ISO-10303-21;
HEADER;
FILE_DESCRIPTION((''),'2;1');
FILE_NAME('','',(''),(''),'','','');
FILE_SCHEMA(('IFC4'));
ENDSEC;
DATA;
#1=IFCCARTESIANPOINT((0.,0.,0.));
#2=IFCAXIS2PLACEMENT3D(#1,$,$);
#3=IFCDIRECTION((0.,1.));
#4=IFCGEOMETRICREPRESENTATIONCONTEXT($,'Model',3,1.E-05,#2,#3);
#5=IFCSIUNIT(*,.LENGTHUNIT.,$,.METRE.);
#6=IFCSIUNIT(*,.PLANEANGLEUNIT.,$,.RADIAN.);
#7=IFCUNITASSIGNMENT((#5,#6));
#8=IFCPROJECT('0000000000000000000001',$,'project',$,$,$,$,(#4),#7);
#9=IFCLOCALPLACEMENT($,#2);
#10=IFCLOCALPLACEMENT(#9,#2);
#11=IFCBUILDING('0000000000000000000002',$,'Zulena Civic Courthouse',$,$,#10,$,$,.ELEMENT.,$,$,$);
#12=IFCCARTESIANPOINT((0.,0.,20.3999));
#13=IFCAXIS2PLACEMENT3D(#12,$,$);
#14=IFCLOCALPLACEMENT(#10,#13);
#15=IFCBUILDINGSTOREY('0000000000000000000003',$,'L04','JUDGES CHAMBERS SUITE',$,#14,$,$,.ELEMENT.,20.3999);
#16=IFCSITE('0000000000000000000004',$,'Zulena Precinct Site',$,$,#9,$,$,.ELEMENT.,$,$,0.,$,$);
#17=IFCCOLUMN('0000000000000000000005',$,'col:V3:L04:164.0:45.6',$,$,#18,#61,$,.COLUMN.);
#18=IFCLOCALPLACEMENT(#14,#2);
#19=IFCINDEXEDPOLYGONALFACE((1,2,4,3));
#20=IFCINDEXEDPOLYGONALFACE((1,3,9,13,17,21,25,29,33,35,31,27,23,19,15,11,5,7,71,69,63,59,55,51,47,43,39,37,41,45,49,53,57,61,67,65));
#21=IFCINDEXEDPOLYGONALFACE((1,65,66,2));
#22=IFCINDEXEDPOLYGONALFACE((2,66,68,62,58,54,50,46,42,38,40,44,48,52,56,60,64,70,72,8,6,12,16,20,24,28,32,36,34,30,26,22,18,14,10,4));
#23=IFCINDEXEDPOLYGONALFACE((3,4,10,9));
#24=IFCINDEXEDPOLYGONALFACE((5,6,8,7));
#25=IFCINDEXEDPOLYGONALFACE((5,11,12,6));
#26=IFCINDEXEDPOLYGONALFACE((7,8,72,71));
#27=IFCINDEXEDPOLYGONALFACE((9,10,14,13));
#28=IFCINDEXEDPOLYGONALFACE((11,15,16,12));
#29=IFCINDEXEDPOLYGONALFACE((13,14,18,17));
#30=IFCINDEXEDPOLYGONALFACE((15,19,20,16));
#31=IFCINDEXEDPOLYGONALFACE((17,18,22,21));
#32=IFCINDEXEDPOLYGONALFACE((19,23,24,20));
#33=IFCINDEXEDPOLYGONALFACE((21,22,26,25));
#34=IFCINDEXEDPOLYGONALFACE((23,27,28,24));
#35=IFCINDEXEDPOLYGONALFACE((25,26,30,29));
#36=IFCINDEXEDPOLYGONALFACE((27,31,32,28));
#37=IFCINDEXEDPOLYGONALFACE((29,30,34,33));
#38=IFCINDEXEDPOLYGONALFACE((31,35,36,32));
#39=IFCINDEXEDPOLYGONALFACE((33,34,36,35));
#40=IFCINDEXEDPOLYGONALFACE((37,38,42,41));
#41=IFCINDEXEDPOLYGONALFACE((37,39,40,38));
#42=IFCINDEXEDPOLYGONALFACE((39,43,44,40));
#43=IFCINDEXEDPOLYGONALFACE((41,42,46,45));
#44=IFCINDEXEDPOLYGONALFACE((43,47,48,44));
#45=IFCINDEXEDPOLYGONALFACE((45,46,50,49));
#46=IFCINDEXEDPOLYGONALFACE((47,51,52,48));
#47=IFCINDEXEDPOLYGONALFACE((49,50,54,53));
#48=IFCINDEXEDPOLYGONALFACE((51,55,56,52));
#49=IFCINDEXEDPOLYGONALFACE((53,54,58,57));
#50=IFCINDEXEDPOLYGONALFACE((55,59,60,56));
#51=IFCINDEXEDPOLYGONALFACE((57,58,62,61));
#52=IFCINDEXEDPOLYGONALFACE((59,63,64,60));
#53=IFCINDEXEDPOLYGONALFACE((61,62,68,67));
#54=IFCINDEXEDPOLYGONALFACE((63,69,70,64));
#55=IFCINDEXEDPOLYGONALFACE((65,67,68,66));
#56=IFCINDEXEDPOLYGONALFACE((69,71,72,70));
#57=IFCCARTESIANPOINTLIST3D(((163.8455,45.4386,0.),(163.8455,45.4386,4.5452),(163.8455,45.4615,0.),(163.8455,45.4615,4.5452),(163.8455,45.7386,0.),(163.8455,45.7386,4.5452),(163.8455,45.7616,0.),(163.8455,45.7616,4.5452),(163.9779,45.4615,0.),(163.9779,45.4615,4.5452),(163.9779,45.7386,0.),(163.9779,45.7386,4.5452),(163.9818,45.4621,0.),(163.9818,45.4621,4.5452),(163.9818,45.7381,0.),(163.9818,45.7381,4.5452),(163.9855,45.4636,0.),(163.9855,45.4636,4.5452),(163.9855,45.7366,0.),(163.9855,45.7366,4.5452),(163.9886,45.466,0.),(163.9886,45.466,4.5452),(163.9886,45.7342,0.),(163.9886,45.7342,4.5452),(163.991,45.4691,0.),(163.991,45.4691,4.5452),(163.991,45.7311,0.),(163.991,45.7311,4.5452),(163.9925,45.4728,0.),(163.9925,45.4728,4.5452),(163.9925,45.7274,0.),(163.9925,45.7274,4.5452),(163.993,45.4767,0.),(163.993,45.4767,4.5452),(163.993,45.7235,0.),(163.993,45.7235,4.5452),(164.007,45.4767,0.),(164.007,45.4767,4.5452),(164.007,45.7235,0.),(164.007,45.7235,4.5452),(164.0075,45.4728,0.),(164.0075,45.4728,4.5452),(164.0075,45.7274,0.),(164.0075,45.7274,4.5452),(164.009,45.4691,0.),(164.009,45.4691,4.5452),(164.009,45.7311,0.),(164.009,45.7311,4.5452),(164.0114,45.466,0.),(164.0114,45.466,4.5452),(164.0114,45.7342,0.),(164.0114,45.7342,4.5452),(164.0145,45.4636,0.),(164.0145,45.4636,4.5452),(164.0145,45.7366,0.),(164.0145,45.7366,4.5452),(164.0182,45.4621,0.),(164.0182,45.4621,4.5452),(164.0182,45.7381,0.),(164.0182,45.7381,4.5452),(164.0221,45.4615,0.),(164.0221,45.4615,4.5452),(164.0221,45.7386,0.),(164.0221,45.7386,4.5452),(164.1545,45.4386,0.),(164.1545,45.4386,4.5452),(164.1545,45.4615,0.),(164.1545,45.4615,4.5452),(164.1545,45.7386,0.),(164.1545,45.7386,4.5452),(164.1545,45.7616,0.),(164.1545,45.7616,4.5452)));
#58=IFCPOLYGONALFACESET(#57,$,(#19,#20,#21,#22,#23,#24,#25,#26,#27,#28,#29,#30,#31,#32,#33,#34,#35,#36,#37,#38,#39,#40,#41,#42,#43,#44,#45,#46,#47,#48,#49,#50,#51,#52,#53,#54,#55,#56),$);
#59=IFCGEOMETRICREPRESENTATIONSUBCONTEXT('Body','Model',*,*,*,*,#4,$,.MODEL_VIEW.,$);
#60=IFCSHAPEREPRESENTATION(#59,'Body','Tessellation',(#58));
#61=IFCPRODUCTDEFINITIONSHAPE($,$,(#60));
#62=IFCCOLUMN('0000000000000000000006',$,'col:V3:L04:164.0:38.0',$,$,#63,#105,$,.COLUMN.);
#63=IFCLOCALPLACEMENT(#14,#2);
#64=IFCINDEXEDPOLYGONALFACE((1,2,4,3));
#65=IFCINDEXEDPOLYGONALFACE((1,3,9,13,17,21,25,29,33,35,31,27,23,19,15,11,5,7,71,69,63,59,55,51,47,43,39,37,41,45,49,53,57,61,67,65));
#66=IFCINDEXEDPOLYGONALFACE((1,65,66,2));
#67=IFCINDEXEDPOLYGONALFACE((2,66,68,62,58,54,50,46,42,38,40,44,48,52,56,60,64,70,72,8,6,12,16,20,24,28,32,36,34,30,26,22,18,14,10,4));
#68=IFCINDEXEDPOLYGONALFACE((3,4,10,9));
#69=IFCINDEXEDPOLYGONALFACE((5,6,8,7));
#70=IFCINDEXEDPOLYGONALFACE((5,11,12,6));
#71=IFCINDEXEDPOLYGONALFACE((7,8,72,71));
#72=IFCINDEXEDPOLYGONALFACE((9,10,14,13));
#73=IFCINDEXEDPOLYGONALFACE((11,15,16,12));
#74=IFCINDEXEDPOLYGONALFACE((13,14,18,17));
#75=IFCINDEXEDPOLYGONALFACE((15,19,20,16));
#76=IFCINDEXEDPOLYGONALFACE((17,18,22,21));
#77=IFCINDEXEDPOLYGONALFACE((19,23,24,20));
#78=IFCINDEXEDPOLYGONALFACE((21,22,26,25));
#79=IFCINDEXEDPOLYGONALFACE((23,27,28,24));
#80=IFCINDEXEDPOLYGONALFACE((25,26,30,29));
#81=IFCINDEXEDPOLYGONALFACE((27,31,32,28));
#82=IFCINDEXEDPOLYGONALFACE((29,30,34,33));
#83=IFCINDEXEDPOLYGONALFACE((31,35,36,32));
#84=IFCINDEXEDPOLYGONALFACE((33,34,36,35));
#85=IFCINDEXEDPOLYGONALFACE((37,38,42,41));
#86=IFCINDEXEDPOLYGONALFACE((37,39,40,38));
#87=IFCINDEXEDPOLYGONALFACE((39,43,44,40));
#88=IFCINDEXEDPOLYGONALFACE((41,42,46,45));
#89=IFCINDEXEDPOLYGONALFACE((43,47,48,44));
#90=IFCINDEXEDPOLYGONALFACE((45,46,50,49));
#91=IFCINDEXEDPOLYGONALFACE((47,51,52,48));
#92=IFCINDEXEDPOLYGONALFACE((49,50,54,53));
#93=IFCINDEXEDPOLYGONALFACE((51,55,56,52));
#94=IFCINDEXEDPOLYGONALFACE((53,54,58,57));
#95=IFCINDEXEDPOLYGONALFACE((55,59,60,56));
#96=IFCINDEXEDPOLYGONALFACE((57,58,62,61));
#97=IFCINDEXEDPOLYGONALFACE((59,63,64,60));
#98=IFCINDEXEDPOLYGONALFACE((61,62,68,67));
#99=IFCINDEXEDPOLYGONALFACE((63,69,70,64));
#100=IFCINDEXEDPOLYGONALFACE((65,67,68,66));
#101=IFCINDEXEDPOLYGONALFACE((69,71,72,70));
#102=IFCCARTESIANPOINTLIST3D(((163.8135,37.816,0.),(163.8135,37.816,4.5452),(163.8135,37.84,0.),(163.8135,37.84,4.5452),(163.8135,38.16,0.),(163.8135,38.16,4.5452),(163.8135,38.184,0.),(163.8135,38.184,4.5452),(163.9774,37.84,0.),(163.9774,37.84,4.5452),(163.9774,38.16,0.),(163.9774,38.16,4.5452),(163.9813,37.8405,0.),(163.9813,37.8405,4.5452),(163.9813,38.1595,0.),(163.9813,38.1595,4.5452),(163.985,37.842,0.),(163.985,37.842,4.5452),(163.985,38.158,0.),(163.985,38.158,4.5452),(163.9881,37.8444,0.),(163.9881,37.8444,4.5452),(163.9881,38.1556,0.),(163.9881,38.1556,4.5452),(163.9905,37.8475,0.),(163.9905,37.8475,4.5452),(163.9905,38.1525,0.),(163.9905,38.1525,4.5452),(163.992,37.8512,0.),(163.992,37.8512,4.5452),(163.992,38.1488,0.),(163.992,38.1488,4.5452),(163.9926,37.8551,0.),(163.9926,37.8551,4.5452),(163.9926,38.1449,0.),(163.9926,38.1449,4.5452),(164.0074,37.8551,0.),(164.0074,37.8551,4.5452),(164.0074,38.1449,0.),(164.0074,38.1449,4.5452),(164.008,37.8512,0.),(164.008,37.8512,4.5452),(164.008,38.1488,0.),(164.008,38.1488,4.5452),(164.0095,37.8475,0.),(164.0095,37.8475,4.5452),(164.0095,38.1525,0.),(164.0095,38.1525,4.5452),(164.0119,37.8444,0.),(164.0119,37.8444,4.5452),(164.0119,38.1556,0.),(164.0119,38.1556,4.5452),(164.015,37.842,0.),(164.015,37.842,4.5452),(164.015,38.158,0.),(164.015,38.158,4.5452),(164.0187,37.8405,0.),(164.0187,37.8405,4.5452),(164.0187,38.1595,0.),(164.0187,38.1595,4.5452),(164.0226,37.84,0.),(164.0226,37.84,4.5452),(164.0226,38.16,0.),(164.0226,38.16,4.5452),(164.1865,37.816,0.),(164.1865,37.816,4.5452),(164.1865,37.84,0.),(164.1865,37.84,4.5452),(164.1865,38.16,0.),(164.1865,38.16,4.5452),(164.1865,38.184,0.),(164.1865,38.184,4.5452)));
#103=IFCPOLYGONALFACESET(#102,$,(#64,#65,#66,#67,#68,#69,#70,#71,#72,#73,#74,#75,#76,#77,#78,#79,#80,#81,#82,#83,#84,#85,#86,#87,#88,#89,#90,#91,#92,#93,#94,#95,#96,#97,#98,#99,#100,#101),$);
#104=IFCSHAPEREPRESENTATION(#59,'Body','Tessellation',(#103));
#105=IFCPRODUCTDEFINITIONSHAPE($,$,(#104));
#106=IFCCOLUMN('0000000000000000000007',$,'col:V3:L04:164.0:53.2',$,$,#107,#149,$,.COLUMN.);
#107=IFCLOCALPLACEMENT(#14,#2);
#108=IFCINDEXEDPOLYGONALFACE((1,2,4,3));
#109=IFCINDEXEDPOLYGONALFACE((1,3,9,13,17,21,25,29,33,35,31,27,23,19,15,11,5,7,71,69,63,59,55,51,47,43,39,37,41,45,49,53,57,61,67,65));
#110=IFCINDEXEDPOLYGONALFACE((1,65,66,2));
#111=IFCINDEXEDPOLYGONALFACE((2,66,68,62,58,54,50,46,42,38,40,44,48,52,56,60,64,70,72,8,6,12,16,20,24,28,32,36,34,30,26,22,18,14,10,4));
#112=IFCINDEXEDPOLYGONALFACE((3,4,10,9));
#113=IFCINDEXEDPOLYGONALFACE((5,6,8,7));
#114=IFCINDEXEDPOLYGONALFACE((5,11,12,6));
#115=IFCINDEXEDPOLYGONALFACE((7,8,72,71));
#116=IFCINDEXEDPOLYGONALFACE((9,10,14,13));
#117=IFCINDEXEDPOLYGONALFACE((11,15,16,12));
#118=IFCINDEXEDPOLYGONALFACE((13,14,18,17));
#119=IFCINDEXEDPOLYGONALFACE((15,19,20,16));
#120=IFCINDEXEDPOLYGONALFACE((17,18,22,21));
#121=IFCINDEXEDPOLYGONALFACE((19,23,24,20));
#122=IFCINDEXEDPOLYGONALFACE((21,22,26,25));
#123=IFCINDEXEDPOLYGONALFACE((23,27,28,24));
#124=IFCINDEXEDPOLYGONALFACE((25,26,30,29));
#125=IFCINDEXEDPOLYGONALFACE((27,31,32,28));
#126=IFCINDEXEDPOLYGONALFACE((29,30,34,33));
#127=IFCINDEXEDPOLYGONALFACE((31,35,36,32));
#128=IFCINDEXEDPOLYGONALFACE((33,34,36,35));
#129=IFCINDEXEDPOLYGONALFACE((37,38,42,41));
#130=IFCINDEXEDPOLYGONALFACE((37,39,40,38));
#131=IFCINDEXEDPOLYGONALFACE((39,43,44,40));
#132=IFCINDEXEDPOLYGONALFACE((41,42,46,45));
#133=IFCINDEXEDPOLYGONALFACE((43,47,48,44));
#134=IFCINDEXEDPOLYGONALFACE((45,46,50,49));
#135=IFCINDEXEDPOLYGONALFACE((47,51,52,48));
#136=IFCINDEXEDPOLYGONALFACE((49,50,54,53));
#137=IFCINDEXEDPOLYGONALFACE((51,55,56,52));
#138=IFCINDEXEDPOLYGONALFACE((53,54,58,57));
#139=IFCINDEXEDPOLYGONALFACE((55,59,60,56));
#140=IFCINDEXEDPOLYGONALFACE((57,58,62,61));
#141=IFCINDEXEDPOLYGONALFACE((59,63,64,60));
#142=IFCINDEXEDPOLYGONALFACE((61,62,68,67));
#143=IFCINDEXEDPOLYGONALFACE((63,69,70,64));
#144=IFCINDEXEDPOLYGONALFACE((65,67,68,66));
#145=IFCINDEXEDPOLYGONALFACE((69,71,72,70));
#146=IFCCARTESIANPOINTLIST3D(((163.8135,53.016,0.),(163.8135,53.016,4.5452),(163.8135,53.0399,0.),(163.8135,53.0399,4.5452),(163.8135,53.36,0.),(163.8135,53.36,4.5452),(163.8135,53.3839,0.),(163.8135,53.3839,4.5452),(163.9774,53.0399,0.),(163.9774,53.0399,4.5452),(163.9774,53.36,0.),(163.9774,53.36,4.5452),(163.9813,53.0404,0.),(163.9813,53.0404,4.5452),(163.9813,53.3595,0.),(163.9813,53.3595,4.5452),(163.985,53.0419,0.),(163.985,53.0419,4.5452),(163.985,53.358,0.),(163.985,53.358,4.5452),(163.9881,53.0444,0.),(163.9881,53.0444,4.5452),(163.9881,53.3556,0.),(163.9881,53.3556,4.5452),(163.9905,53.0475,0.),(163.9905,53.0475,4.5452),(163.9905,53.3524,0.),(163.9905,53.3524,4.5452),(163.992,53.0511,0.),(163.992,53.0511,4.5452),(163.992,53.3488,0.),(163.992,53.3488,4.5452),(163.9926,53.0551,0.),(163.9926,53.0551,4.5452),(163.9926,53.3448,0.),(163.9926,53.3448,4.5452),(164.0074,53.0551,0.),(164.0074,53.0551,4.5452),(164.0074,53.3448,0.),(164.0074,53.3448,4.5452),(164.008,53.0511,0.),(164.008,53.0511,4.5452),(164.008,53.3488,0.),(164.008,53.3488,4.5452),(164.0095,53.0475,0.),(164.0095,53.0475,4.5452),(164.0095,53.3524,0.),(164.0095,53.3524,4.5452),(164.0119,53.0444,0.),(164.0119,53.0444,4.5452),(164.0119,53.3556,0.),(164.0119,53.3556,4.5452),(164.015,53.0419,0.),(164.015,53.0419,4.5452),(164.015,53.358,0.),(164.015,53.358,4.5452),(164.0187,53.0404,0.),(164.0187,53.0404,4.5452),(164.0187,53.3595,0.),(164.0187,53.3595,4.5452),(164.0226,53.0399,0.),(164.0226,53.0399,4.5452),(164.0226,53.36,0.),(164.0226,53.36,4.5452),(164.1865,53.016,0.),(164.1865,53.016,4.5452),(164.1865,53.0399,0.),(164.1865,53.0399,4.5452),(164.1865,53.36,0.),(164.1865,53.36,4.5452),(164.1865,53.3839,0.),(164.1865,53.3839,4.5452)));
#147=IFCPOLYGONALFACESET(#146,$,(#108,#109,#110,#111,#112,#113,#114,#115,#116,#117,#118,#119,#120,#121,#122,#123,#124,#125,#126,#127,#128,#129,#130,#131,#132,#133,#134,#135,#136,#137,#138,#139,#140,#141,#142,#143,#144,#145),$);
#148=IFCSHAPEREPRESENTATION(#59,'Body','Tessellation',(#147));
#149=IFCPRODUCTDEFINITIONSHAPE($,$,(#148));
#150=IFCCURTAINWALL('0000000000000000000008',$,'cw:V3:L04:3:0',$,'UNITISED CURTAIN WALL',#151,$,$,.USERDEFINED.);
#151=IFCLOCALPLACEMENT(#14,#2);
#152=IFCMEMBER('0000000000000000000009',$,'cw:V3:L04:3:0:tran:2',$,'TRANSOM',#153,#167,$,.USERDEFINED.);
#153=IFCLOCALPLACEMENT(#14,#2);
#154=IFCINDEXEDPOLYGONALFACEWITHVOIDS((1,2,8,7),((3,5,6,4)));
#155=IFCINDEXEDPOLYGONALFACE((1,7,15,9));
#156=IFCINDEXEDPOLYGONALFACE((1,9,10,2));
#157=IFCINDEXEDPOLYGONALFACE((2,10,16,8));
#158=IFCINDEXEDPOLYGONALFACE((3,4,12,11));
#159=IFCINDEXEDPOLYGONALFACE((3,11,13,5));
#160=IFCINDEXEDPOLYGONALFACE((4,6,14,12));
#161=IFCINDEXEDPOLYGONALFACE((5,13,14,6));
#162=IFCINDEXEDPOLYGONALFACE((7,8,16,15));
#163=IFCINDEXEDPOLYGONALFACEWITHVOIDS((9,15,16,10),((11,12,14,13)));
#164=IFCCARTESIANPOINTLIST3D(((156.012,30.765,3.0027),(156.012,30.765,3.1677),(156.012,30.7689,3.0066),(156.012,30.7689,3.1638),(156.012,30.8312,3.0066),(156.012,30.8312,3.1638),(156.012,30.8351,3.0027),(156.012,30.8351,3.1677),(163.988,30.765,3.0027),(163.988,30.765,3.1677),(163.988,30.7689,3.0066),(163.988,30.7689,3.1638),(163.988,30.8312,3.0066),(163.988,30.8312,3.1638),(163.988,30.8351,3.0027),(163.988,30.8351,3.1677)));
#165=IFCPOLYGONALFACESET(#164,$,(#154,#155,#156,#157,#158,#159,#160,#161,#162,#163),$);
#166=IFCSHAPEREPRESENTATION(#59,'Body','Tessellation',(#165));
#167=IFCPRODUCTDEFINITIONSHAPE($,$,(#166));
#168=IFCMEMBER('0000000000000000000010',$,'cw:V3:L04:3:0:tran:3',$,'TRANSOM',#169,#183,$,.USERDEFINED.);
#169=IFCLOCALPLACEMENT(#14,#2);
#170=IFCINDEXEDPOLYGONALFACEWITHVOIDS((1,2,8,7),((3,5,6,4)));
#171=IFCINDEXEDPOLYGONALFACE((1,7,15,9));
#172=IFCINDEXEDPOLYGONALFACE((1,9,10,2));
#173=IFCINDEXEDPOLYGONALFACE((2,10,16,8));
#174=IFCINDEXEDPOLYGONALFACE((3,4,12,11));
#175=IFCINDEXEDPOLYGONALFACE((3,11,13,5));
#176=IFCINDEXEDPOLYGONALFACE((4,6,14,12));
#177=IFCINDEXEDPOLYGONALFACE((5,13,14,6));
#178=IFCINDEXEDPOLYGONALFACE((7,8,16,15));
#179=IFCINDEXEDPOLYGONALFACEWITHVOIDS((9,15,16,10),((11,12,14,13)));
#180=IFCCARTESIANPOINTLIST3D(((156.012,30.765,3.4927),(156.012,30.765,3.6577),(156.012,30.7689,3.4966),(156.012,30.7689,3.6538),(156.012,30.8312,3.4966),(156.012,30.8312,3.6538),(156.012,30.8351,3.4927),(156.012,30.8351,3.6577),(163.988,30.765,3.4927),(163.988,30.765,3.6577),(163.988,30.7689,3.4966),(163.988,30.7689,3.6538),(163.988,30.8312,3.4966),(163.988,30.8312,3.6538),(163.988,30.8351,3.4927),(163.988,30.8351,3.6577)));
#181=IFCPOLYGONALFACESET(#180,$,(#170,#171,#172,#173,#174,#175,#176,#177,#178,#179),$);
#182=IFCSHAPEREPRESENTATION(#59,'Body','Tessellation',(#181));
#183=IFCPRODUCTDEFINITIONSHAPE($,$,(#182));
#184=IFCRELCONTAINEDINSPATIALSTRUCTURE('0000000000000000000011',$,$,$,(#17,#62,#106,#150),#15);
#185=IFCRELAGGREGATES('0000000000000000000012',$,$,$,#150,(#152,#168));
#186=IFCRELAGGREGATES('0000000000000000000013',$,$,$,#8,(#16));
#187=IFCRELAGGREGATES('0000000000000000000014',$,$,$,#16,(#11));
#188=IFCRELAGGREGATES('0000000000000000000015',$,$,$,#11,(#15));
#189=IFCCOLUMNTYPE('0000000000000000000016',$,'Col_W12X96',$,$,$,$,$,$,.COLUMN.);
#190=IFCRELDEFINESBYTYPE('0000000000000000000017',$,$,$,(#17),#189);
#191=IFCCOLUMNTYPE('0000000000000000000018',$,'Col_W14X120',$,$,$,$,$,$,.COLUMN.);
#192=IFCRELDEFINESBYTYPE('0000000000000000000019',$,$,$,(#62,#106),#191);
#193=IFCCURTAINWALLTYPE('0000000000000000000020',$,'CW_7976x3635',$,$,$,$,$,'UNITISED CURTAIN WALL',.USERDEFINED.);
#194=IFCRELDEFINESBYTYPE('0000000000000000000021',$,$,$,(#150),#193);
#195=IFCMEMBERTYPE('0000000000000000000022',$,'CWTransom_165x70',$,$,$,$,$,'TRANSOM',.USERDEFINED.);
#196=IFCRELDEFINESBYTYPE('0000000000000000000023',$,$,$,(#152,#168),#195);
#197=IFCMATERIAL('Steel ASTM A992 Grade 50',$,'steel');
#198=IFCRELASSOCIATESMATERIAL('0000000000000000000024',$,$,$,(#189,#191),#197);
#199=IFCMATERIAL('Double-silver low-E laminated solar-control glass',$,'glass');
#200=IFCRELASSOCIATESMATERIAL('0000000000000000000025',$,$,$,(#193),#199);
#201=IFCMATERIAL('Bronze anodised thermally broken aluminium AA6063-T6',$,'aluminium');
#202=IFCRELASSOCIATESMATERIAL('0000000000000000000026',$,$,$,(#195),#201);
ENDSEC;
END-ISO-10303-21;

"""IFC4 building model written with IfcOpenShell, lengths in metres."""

from ifc_helpers import new_model, si_unit, direction, frame, origin, origin_2d, place, context, subcontext, project, spatial, hollow_rectangle, i_section, extrude, material, material_profile, profile_set, type_object, element, aggregate, save


model = new_model("IFC4")

# Units and contexts
model_context = context("Model", 3, precision=1e-05, world=origin(), true_north=direction((0.0, 1.0)))
body_context = subcontext(model_context, "Body", "Model", "MODEL_VIEW")
ifc_project = project(units=[si_unit("LENGTHUNIT", "METRE"), si_unit("PLANEANGLEUNIT", "RADIAN")], contexts=[model_context])

# Site, building, storey
site_placement = place(None, origin())
site = spatial("IfcSite", under=ifc_project, at=site_placement, Name="Zulena Precinct Site", CompositionType="ELEMENT", RefElevation=0.0)
building_placement = place(site_placement, origin())
building = spatial("IfcBuilding", under=site, at=building_placement, Name="Zulena Civic Courthouse", CompositionType="ELEMENT")
storey_placement = place(building_placement, frame((0.0, 0.0, 20.3999)))
storey = spatial("IfcBuildingStorey", under=building, at=storey_placement, Name="L04", Description="JUDGES CHAMBERS SUITE", CompositionType="ELEMENT", Elevation=20.3999)

# Columns
ifc_material_1 = material(Name="Steel ASTM A992 Grade 50", Category="steel")
ifc_material_profile_1 = material_profile(ifc_material_1, i_section(OverallWidth=0.3091, OverallDepth=0.323, WebThickness=0.0139, FlangeThickness=0.0229, FilletRadius=0.0151, at=origin_2d()), Name="W12X96")
ifc_profile_set_1 = profile_set([ifc_material_profile_1], Name="Steel ASTM A992 Grade 50")
column_type_1 = type_object("IfcColumnType", Name="Col_W12X96", PredefinedType="COLUMN", material=ifc_profile_set_1)
for number, where, z_axis, x_axis, name in (
    (1, (164.0, 45.6001, 0.0), (0.0, 0.0, 1.0), (1.0, 0.0, 0.0), "col:V3:L04:164.0:45.6"),
):
    element("IfcColumn", number, at=place(storey_placement, frame(where, z_axis=z_axis, x_axis=x_axis)), inside=storey, type_object=column_type_1, Name=name, PredefinedType="COLUMN", context=body_context, shape_type="SweptSolid", body=[
        extrude(i_section(OverallWidth=0.3091, OverallDepth=0.323, WebThickness=0.0139, FlangeThickness=0.0229, FilletRadius=0.0151, at=origin_2d()), origin(), (0.0, 0.0, 1.0), 4.5452),
    ])
ifc_material_profile_2 = material_profile(ifc_material_1, i_section(OverallWidth=0.373, OverallDepth=0.3679, WebThickness=0.0149, FlangeThickness=0.0239, FilletRadius=0.0151, at=origin_2d()), Name="W14X120")
ifc_profile_set_2 = profile_set([ifc_material_profile_2], Name="Steel ASTM A992 Grade 50")
column_type_2 = type_object("IfcColumnType", Name="Col_W14X120", PredefinedType="COLUMN", material=ifc_profile_set_2)
for number, where, z_axis, x_axis, name in (
    (2, (164.0, 38.0, 0.0), (0.0, 0.0, 1.0), (1.0, 0.0, 0.0), "col:V3:L04:164.0:38.0"),
    (3, (164.0, 53.2, 0.0), (0.0, 0.0, 1.0), (1.0, 0.0, 0.0), "col:V3:L04:164.0:53.2"),
):
    element("IfcColumn", number, at=place(storey_placement, frame(where, z_axis=z_axis, x_axis=x_axis)), inside=storey, type_object=column_type_2, Name=name, PredefinedType="COLUMN", context=body_context, shape_type="SweptSolid", body=[
        extrude(i_section(OverallWidth=0.373, OverallDepth=0.3679, WebThickness=0.0149, FlangeThickness=0.0239, FilletRadius=0.0151, at=origin_2d()), origin(), (0.0, 0.0, 1.0), 4.5452),
    ])

# Curtain wall, members
ifc_material_2 = material(Name="Double-silver low-E laminated solar-control glass", Category="glass")
curtain_wall_type = type_object("IfcCurtainWallType", Name="CW_7976x3635", ElementType="UNITISED CURTAIN WALL", PredefinedType="USERDEFINED", material=ifc_material_2)
curtain_wall_placement = place(storey_placement, origin())
curtain_wall = element("IfcCurtainWall", 4, at=curtain_wall_placement, inside=storey, type_object=curtain_wall_type, Name="cw:V3:L04:3:0", ObjectType="UNITISED CURTAIN WALL", PredefinedType="USERDEFINED")
ifc_material_3 = material(Name="Bronze anodised thermally broken aluminium AA6063-T6", Category="aluminium")
ifc_material_profile_3 = material_profile(ifc_material_3, hollow_rectangle(XDim=0.0701, YDim=0.165, WallThickness=0.0039, at=origin_2d()), Name="CWT165X70X4")
ifc_profile_set_3 = profile_set([ifc_material_profile_3], Name="Bronze anodised thermally broken aluminium AA6063-T6")
member_type = type_object("IfcMemberType", Name="CWTransom_165x70", ElementType="TRANSOM", PredefinedType="USERDEFINED", material=ifc_profile_set_3)
member_1_placement = place(storey_placement, frame((163.988, 30.8, 3.0852), z_axis=(-1.0, 0.0, 0.0), x_axis=(0.0, -1.0, 0.0)))
member_1 = element("IfcMember", 5, at=member_1_placement, type_object=member_type, Name="cw:V3:L04:3:0:tran:2", ObjectType="TRANSOM", PredefinedType="USERDEFINED", context=body_context, shape_type="SweptSolid", body=[
    extrude(hollow_rectangle(XDim=0.0701, YDim=0.165, WallThickness=0.0039, at=origin_2d()), origin(), (0.0, 0.0, 1.0), 7.9761),
])
member_2_placement = place(storey_placement, frame((163.988, 30.8, 3.5752), z_axis=(-1.0, 0.0, 0.0), x_axis=(0.0, -1.0, 0.0)))
member_2 = element("IfcMember", 6, at=member_2_placement, type_object=member_type, Name="cw:V3:L04:3:0:tran:3", ObjectType="TRANSOM", PredefinedType="USERDEFINED", context=body_context, shape_type="SweptSolid", body=[
    extrude(hollow_rectangle(XDim=0.0701, YDim=0.165, WallThickness=0.0039, at=origin_2d()), origin(), (0.0, 0.0, 1.0), 7.9761),
])
aggregate(curtain_wall, [member_1, member_2])

save(model, "model.ifc")
